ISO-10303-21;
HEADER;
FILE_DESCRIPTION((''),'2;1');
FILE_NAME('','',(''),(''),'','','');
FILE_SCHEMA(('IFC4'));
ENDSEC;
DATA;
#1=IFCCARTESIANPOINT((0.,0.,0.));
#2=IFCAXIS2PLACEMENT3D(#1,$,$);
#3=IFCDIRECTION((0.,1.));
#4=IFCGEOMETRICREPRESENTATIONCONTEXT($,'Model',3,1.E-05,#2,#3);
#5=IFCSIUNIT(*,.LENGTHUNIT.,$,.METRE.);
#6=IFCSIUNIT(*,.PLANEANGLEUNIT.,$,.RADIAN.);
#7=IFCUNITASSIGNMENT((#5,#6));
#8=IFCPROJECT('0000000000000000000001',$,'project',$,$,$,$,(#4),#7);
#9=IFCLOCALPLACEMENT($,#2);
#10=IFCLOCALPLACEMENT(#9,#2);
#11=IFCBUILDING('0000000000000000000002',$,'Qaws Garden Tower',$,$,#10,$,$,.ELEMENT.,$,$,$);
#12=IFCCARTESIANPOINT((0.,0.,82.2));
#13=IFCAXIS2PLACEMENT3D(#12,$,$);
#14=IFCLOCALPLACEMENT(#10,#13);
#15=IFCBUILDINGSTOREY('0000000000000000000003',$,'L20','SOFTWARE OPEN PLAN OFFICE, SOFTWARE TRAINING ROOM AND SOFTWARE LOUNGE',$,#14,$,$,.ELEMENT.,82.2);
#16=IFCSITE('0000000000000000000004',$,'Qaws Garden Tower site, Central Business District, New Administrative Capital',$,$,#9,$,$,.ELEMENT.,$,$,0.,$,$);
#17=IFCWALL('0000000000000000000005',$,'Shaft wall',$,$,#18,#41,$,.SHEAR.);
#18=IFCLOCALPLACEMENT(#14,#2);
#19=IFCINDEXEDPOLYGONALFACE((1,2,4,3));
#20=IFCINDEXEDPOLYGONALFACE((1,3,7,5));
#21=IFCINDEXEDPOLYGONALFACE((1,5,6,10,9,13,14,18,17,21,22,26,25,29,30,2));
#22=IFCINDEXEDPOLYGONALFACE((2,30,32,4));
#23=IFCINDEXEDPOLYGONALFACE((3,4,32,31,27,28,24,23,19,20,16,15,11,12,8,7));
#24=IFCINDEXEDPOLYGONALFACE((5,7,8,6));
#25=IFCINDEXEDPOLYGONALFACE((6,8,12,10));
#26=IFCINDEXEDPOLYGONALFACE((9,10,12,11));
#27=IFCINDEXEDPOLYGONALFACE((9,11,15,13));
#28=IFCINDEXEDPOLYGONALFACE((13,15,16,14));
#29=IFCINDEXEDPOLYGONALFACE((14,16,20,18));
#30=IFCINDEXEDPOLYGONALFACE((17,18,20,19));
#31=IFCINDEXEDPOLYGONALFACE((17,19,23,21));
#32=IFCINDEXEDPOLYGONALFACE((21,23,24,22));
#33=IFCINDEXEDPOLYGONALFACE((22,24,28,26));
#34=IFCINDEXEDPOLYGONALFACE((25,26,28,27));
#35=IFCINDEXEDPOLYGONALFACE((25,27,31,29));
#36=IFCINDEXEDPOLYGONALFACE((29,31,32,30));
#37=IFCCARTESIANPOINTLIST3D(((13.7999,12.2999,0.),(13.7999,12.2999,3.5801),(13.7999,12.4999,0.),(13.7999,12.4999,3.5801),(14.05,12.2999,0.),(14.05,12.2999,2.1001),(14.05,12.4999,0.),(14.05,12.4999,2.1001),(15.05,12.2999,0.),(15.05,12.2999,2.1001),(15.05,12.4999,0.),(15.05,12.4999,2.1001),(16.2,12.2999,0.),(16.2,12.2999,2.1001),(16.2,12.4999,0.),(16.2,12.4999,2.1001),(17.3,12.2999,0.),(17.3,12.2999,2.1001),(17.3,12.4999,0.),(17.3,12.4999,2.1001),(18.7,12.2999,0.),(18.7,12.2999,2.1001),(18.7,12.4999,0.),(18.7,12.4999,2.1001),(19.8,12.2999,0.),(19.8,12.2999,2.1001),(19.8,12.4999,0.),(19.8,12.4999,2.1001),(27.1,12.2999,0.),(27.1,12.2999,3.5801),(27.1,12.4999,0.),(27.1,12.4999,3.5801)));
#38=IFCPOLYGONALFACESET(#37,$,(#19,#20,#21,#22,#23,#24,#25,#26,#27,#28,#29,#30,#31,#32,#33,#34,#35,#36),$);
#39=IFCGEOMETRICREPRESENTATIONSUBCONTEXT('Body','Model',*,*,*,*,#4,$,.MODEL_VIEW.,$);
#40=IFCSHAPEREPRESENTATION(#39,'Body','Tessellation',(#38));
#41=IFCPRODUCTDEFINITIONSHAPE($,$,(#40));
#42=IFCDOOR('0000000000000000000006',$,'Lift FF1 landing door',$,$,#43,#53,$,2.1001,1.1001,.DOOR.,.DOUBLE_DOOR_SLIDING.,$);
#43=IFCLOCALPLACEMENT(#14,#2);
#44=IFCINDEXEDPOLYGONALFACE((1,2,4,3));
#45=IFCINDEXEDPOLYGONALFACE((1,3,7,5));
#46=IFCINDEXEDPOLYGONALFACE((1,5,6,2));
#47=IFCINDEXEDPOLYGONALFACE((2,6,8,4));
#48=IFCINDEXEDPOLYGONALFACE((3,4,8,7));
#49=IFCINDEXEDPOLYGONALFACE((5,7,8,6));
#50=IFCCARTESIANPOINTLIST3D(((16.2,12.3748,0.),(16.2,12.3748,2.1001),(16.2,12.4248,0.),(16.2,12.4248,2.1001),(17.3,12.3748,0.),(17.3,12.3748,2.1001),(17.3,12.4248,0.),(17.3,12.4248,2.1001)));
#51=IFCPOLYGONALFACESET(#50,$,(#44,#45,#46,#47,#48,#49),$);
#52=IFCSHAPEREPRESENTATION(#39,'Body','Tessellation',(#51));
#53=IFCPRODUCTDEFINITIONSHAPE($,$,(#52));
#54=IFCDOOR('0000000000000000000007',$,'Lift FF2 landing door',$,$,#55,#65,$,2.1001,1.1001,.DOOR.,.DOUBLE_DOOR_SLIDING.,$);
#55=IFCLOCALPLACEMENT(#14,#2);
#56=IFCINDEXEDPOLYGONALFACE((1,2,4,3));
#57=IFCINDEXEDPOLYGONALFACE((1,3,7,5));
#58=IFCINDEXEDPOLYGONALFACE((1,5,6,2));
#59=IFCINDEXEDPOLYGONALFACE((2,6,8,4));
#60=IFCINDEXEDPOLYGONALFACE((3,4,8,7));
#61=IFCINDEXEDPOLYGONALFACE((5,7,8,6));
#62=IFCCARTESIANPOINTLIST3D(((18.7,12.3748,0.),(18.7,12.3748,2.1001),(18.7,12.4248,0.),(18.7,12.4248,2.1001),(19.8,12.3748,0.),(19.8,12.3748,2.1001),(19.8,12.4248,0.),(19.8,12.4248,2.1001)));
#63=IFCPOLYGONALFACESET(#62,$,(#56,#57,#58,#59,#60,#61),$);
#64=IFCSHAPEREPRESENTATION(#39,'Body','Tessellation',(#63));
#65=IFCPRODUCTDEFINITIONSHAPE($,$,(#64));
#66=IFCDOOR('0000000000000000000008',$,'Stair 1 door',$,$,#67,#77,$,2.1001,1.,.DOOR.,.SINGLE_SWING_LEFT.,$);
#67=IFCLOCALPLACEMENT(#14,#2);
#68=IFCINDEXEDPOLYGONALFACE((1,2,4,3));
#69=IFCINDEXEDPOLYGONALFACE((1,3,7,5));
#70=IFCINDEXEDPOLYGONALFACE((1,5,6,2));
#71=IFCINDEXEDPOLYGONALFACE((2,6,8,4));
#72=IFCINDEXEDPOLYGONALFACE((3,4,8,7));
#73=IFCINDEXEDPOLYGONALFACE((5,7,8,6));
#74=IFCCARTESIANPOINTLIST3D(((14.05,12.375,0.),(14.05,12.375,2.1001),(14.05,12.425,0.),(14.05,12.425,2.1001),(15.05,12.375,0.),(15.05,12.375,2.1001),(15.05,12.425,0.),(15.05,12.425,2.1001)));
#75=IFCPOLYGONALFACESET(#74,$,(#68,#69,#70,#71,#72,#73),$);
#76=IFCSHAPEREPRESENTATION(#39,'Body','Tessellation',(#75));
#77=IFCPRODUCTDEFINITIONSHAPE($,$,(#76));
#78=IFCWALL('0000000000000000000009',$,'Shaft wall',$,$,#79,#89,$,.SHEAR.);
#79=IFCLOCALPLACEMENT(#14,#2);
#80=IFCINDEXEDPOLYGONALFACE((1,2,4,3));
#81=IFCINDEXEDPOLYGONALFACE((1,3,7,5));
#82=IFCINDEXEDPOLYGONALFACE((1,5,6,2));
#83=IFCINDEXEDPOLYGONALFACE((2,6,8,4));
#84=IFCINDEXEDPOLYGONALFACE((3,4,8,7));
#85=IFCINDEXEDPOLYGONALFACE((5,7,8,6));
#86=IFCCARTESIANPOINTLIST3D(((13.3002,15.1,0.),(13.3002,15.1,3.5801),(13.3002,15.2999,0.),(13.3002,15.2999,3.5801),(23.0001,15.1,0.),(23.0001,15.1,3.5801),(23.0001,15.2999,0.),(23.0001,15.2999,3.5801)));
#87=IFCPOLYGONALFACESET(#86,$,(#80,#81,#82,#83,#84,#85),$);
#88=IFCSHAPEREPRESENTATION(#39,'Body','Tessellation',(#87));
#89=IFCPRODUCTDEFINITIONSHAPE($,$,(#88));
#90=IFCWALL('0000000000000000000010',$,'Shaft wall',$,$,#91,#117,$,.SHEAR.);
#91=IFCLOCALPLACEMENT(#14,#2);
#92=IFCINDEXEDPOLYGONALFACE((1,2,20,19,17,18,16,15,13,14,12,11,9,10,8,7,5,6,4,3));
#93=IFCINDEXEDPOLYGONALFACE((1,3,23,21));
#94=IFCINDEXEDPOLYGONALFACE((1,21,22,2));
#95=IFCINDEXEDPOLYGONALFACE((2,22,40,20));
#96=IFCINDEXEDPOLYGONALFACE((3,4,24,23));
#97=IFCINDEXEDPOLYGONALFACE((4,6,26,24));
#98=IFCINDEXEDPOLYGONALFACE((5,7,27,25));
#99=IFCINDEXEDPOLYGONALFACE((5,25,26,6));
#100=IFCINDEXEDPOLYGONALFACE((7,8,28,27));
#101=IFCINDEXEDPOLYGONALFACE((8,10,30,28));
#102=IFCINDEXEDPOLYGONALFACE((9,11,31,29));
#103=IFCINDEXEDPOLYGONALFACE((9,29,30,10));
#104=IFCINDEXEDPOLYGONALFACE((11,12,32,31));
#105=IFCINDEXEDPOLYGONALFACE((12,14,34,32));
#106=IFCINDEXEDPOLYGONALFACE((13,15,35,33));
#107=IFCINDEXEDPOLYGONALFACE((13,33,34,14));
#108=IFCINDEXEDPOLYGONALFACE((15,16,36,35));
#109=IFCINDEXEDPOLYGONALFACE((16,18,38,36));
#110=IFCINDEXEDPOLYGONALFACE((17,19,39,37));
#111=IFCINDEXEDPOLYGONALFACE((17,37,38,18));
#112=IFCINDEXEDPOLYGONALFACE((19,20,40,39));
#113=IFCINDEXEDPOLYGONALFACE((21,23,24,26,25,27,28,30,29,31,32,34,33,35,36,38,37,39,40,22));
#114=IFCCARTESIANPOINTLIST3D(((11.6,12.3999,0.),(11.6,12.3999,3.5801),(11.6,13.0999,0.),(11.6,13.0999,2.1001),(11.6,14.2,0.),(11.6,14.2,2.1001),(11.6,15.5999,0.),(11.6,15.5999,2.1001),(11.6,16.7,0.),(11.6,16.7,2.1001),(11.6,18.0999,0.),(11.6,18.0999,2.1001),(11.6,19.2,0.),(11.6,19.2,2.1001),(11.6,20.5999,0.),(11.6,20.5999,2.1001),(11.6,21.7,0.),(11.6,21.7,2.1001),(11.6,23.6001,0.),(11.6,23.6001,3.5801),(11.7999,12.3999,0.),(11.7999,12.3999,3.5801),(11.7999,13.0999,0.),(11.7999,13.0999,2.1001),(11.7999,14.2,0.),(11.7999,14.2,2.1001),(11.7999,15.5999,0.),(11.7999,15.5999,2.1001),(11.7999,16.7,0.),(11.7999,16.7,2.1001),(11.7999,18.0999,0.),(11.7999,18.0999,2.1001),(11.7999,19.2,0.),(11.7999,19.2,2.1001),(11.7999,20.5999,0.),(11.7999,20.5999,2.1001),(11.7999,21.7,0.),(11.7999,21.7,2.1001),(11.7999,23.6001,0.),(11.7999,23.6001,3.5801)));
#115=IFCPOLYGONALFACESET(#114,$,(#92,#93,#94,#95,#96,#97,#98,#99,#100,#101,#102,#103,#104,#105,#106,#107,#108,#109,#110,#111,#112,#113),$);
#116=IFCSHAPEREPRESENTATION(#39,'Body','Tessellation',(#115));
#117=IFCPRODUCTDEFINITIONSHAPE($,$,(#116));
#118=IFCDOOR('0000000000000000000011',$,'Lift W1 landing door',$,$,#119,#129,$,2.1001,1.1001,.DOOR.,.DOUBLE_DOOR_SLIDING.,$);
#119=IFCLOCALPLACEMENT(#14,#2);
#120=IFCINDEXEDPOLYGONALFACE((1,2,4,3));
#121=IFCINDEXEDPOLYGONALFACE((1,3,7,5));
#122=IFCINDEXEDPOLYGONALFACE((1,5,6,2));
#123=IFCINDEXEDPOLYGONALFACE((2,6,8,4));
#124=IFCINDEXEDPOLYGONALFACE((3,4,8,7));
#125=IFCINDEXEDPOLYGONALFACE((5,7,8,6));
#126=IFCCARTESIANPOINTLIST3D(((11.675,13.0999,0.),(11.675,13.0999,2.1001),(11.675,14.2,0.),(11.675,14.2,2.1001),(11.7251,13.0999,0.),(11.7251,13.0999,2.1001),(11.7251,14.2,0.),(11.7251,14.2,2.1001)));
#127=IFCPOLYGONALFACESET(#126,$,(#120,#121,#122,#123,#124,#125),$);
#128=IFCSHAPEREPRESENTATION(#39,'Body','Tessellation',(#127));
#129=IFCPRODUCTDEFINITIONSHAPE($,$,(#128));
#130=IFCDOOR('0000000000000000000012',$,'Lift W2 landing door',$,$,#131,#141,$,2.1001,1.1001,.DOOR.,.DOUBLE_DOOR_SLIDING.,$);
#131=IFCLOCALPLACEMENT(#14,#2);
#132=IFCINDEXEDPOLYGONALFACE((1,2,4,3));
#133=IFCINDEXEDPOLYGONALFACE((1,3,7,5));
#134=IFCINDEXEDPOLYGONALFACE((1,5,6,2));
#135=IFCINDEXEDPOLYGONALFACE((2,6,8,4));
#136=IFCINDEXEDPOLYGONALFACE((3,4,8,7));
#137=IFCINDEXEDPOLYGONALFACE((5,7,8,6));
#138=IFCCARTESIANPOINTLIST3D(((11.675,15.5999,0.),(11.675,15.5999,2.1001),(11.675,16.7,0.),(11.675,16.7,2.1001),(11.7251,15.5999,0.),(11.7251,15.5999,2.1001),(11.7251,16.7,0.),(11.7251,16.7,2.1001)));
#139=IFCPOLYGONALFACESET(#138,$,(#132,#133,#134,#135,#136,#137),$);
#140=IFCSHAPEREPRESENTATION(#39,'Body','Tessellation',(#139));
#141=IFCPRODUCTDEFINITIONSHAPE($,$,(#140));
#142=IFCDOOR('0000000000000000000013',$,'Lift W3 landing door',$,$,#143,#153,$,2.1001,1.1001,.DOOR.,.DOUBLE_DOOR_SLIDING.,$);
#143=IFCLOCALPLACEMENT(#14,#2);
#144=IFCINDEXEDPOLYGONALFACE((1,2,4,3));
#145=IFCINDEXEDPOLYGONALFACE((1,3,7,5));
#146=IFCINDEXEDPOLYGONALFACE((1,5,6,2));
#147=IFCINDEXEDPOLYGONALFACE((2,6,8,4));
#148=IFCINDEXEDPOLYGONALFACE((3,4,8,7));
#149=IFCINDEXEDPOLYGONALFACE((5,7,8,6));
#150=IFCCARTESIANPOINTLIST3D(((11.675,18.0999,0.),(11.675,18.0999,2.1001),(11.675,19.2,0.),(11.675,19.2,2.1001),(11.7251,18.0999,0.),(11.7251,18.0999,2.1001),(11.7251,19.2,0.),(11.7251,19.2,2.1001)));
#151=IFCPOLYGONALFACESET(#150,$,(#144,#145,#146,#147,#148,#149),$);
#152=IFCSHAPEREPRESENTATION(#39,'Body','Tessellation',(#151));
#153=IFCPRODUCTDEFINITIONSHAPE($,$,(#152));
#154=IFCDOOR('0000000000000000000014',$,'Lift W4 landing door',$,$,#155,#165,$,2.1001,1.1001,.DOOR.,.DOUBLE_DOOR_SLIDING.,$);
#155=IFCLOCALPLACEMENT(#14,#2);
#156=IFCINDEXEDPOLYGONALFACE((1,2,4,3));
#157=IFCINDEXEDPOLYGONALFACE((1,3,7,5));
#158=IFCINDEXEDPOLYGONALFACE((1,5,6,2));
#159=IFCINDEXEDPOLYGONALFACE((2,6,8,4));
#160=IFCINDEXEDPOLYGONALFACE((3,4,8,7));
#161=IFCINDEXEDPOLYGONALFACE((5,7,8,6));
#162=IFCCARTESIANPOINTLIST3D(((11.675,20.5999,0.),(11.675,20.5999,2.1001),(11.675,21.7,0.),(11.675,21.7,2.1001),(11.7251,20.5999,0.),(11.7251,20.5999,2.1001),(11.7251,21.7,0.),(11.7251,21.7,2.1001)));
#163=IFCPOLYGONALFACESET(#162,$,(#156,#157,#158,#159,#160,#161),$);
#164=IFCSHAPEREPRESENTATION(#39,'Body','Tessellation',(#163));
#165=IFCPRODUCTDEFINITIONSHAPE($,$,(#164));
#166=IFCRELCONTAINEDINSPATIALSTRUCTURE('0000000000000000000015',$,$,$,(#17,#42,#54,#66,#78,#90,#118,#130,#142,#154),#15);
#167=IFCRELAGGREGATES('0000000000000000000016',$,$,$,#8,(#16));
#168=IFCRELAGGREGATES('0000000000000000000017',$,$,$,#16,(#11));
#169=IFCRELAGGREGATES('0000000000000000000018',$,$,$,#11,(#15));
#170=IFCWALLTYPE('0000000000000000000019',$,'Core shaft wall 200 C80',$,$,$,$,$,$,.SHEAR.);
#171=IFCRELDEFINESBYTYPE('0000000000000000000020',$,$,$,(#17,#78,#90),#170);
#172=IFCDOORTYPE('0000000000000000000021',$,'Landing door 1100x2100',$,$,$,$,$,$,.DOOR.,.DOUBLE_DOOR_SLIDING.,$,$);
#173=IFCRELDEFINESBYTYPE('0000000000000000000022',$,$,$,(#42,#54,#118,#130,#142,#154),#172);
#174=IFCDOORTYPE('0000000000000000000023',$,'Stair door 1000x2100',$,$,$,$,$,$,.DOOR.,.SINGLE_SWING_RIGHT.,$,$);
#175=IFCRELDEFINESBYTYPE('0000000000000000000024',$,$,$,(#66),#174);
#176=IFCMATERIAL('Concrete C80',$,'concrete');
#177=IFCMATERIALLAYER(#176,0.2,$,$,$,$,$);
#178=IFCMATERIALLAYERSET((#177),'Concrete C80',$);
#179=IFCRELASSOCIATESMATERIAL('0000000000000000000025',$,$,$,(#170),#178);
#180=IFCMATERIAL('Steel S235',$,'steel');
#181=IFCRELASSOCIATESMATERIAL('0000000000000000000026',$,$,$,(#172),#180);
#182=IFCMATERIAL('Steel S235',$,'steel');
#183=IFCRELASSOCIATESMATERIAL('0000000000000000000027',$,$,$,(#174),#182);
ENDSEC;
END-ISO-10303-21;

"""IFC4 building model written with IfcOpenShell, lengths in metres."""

from ifc_helpers import new_model, si_unit, direction, frame, frame_2d, origin, place, context, subcontext, project, spatial, rectangle, extrude, material, layer, layer_set, type_object, element, fill, save


model = new_model("IFC4")

# Units and contexts
model_context = context("Model", 3, precision=1e-05, world=origin(), true_north=direction((0.0, 1.0)))
body_context = subcontext(model_context, "Body", "Model", "MODEL_VIEW")
ifc_project = project(units=[si_unit("LENGTHUNIT", "METRE"), si_unit("PLANEANGLEUNIT", "RADIAN")], contexts=[model_context])

# Site, building, storey
site_placement = place(None, origin())
site = spatial("IfcSite", under=ifc_project, at=site_placement, Name="Qaws Garden Tower site, Central Business District, New Administrative Capital", CompositionType="ELEMENT", RefElevation=0.0)
building_placement = place(site_placement, origin())
building = spatial("IfcBuilding", under=site, at=building_placement, Name="Qaws Garden Tower", CompositionType="ELEMENT")
storey_placement = place(building_placement, frame((0.0, 0.0, 82.2)))
storey = spatial("IfcBuildingStorey", under=building, at=storey_placement, Name="L20", Description="SOFTWARE OPEN PLAN OFFICE, SOFTWARE TRAINING ROOM AND SOFTWARE LOUNGE", CompositionType="ELEMENT", Elevation=82.2)

# Wall, openings, doors
ifc_material_1 = material(Name="Concrete C80", Category="concrete")
ifc_layer_1 = layer(ifc_material_1, 0.2)
ifc_layer_set_1 = layer_set([ifc_layer_1], Name="Concrete C80")
wall_type_1 = type_object("IfcWallType", Name="Core shaft wall 200 C80", PredefinedType="SHEAR", material=ifc_layer_set_1)
wall_1_placement = place(storey_placement, frame((13.8, 12.3999, 0.0), z_axis=(0.0, 0.0, 1.0), x_axis=(1.0, 0.0, 0.0)))
wall_1 = element("IfcWall", 1, at=wall_1_placement, inside=storey, type_object=wall_type_1, Name="Shaft wall", PredefinedType="SHEAR", context=body_context, shape_type="SweptSolid", body=[
    extrude(rectangle(XDim=13.3, YDim=0.2, at=frame_2d((6.6499, 0.0))), origin(), (0.0, 0.0, 1.0), 3.5801),
])
opening_1_placement = place(wall_1_placement, frame((2.3999, 0.0, 0.0)))
opening_1 = element("IfcOpeningElement", 2, at=opening_1_placement, cuts=wall_1, PredefinedType="OPENING", context=body_context, shape_type="SweptSolid", body=[
    extrude(rectangle(XDim=1.1001, YDim=2.1001, at=frame_2d((0.55, 1.05))), frame((0.0, 0.1099, 0.0), z_axis=(0.0, -1.0, 0.0), x_axis=(1.0, 0.0, 0.0)), (0.0, 0.0, 1.0), 0.22),
])
opening_2_placement = place(wall_1_placement, frame((4.8999, 0.0, 0.0)))
opening_2 = element("IfcOpeningElement", 3, at=opening_2_placement, cuts=wall_1, PredefinedType="OPENING", context=body_context, shape_type="SweptSolid", body=[
    extrude(rectangle(XDim=1.1001, YDim=2.1001, at=frame_2d((0.55, 1.05))), frame((0.0, 0.1099, 0.0), z_axis=(0.0, -1.0, 0.0), x_axis=(1.0, 0.0, 0.0)), (0.0, 0.0, 1.0), 0.22),
])
opening_3_placement = place(wall_1_placement, frame((0.25, 0.0, 0.0)))
opening_3 = element("IfcOpeningElement", 4, at=opening_3_placement, cuts=wall_1, PredefinedType="OPENING", context=body_context, shape_type="SweptSolid", body=[
    extrude(rectangle(XDim=1.0, YDim=2.1001, at=frame_2d((0.5, 1.05))), frame((0.0, 0.1099, 0.0), z_axis=(0.0, -1.0, 0.0), x_axis=(1.0, 0.0, 0.0)), (0.0, 0.0, 1.0), 0.22),
])
ifc_material_2 = material(Name="Steel S235", Category="steel")
door_type_1 = type_object("IfcDoorType", Name="Landing door 1100x2100", OperationType="DOUBLE_DOOR_SLIDING", PredefinedType="DOOR", material=ifc_material_2)
door_1_placement = place(opening_1_placement, origin())
door_1 = element("IfcDoor", 5, at=door_1_placement, inside=storey, type_object=door_type_1, Name="Lift FF1 landing door", OperationType="DOUBLE_DOOR_SLIDING", OverallHeight=2.1001, OverallWidth=1.1001, PredefinedType="DOOR", context=body_context, shape_type="SweptSolid", body=[
    extrude(rectangle(XDim=1.1001, YDim=2.1001, at=frame_2d((0.55, 1.05))), frame((0.0, 0.0249, 0.0), z_axis=(0.0, -1.0, 0.0), x_axis=(1.0, 0.0, 0.0)), (0.0, 0.0, 1.0), 0.05),
])
fill(opening_1, door_1)
door_2_placement = place(opening_2_placement, origin())
door_2 = element("IfcDoor", 6, at=door_2_placement, inside=storey, type_object=door_type_1, Name="Lift FF2 landing door", OperationType="DOUBLE_DOOR_SLIDING", OverallHeight=2.1001, OverallWidth=1.1001, PredefinedType="DOOR", context=body_context, shape_type="SweptSolid", body=[
    extrude(rectangle(XDim=1.1001, YDim=2.1001, at=frame_2d((0.55, 1.05))), frame((0.0, 0.0249, 0.0), z_axis=(0.0, -1.0, 0.0), x_axis=(1.0, 0.0, 0.0)), (0.0, 0.0, 1.0), 0.05),
])
fill(opening_2, door_2)
ifc_material_3 = material(Name="Steel S235", Category="steel")
door_type_2 = type_object("IfcDoorType", Name="Stair door 1000x2100", OperationType="SINGLE_SWING_RIGHT", PredefinedType="DOOR", material=ifc_material_3)
door_3_placement = place(opening_3_placement, frame((1.0, 0.0, 0.0), z_axis=(0.0, 0.0, 1.0), x_axis=(-1.0, 0.0, 0.0)))
door_3 = element("IfcDoor", 7, at=door_3_placement, inside=storey, type_object=door_type_2, Name="Stair 1 door", OperationType="SINGLE_SWING_LEFT", OverallHeight=2.1001, OverallWidth=1.0, PredefinedType="DOOR", context=body_context, shape_type="SweptSolid", body=[
    extrude(rectangle(XDim=1.0, YDim=2.1001, at=frame_2d((0.5, 1.05))), frame((0.0, 0.0249, 0.0), z_axis=(0.0, -1.0, 0.0), x_axis=(1.0, 0.0, 0.0)), (0.0, 0.0, 1.0), 0.05),
])
fill(opening_3, door_3)

# Wall
wall_2_placement = place(storey_placement, frame((13.3, 15.2, 0.0), z_axis=(0.0, 0.0, 1.0), x_axis=(1.0, 0.0, 0.0)))
element("IfcWall", 8, at=wall_2_placement, inside=storey, type_object=wall_type_1, Name="Shaft wall", PredefinedType="SHEAR", context=body_context, shape_type="SweptSolid", body=[
    extrude(rectangle(XDim=9.7, YDim=0.2, at=frame_2d((4.8501, 0.0))), origin(), (0.0, 0.0, 1.0), 3.5801),
])

# Wall, openings, doors
wall_3_placement = place(storey_placement, frame((11.7, 12.3999, 0.0), z_axis=(0.0, 0.0, 1.0), x_axis=(0.0, 1.0, 0.0)))
wall_3 = element("IfcWall", 9, at=wall_3_placement, inside=storey, type_object=wall_type_1, Name="Shaft wall", PredefinedType="SHEAR", context=body_context, shape_type="SweptSolid", body=[
    extrude(rectangle(XDim=11.2002, YDim=0.2, at=frame_2d((5.6001, 0.0))), origin(), (0.0, 0.0, 1.0), 3.5801),
])
opening_4_placement = place(wall_3_placement, frame((0.7, 0.0, 0.0)))
opening_4 = element("IfcOpeningElement", 10, at=opening_4_placement, cuts=wall_3, PredefinedType="OPENING", context=body_context, shape_type="SweptSolid", body=[
    extrude(rectangle(XDim=1.1001, YDim=2.1001, at=frame_2d((0.55, 1.05))), frame((0.0, 0.1099, 0.0), z_axis=(0.0, -1.0, 0.0), x_axis=(1.0, 0.0, 0.0)), (0.0, 0.0, 1.0), 0.22),
])
opening_5_placement = place(wall_3_placement, frame((3.2, 0.0, 0.0)))
opening_5 = element("IfcOpeningElement", 11, at=opening_5_placement, cuts=wall_3, PredefinedType="OPENING", context=body_context, shape_type="SweptSolid", body=[
    extrude(rectangle(XDim=1.1001, YDim=2.1001, at=frame_2d((0.55, 1.05))), frame((0.0, 0.1099, 0.0), z_axis=(0.0, -1.0, 0.0), x_axis=(1.0, 0.0, 0.0)), (0.0, 0.0, 1.0), 0.22),
])
opening_6_placement = place(wall_3_placement, frame((5.7, 0.0, 0.0)))
opening_6 = element("IfcOpeningElement", 12, at=opening_6_placement, cuts=wall_3, PredefinedType="OPENING", context=body_context, shape_type="SweptSolid", body=[
    extrude(rectangle(XDim=1.1001, YDim=2.1001, at=frame_2d((0.55, 1.05))), frame((0.0, 0.1099, 0.0), z_axis=(0.0, -1.0, 0.0), x_axis=(1.0, 0.0, 0.0)), (0.0, 0.0, 1.0), 0.22),
])
opening_7_placement = place(wall_3_placement, frame((8.2, 0.0, 0.0)))
opening_7 = element("IfcOpeningElement", 13, at=opening_7_placement, cuts=wall_3, PredefinedType="OPENING", context=body_context, shape_type="SweptSolid", body=[
    extrude(rectangle(XDim=1.1001, YDim=2.1001, at=frame_2d((0.55, 1.05))), frame((0.0, 0.1099, 0.0), z_axis=(0.0, -1.0, 0.0), x_axis=(1.0, 0.0, 0.0)), (0.0, 0.0, 1.0), 0.22),
])
door_4_placement = place(opening_4_placement, origin())
door_4 = element("IfcDoor", 14, at=door_4_placement, inside=storey, type_object=door_type_1, Name="Lift W1 landing door", OperationType="DOUBLE_DOOR_SLIDING", OverallHeight=2.1001, OverallWidth=1.1001, PredefinedType="DOOR", context=body_context, shape_type="SweptSolid", body=[
    extrude(rectangle(XDim=1.1001, YDim=2.1001, at=frame_2d((0.55, 1.05))), frame((0.0, 0.0249, 0.0), z_axis=(0.0, -1.0, 0.0), x_axis=(1.0, 0.0, 0.0)), (0.0, 0.0, 1.0), 0.05),
])
fill(opening_4, door_4)
door_5_placement = place(opening_5_placement, origin())
door_5 = element("IfcDoor", 15, at=door_5_placement, inside=storey, type_object=door_type_1, Name="Lift W2 landing door", OperationType="DOUBLE_DOOR_SLIDING", OverallHeight=2.1001, OverallWidth=1.1001, PredefinedType="DOOR", context=body_context, shape_type="SweptSolid", body=[
    extrude(rectangle(XDim=1.1001, YDim=2.1001, at=frame_2d((0.55, 1.05))), frame((0.0, 0.0249, 0.0), z_axis=(0.0, -1.0, 0.0), x_axis=(1.0, 0.0, 0.0)), (0.0, 0.0, 1.0), 0.05),
])
fill(opening_5, door_5)
door_6_placement = place(opening_6_placement, origin())
door_6 = element("IfcDoor", 16, at=door_6_placement, inside=storey, type_object=door_type_1, Name="Lift W3 landing door", OperationType="DOUBLE_DOOR_SLIDING", OverallHeight=2.1001, OverallWidth=1.1001, PredefinedType="DOOR", context=body_context, shape_type="SweptSolid", body=[
    extrude(rectangle(XDim=1.1001, YDim=2.1001, at=frame_2d((0.55, 1.05))), frame((0.0, 0.0249, 0.0), z_axis=(0.0, -1.0, 0.0), x_axis=(1.0, 0.0, 0.0)), (0.0, 0.0, 1.0), 0.05),
])
fill(opening_6, door_6)
door_7_placement = place(opening_7_placement, origin())
door_7 = element("IfcDoor", 17, at=door_7_placement, inside=storey, type_object=door_type_1, Name="Lift W4 landing door", OperationType="DOUBLE_DOOR_SLIDING", OverallHeight=2.1001, OverallWidth=1.1001, PredefinedType="DOOR", context=body_context, shape_type="SweptSolid", body=[
    extrude(rectangle(XDim=1.1001, YDim=2.1001, at=frame_2d((0.55, 1.05))), frame((0.0, 0.0249, 0.0), z_axis=(0.0, -1.0, 0.0), x_axis=(1.0, 0.0, 0.0)), (0.0, 0.0, 1.0), 0.05),
])
fill(opening_7, door_7)

save(model, "model.ifc")
